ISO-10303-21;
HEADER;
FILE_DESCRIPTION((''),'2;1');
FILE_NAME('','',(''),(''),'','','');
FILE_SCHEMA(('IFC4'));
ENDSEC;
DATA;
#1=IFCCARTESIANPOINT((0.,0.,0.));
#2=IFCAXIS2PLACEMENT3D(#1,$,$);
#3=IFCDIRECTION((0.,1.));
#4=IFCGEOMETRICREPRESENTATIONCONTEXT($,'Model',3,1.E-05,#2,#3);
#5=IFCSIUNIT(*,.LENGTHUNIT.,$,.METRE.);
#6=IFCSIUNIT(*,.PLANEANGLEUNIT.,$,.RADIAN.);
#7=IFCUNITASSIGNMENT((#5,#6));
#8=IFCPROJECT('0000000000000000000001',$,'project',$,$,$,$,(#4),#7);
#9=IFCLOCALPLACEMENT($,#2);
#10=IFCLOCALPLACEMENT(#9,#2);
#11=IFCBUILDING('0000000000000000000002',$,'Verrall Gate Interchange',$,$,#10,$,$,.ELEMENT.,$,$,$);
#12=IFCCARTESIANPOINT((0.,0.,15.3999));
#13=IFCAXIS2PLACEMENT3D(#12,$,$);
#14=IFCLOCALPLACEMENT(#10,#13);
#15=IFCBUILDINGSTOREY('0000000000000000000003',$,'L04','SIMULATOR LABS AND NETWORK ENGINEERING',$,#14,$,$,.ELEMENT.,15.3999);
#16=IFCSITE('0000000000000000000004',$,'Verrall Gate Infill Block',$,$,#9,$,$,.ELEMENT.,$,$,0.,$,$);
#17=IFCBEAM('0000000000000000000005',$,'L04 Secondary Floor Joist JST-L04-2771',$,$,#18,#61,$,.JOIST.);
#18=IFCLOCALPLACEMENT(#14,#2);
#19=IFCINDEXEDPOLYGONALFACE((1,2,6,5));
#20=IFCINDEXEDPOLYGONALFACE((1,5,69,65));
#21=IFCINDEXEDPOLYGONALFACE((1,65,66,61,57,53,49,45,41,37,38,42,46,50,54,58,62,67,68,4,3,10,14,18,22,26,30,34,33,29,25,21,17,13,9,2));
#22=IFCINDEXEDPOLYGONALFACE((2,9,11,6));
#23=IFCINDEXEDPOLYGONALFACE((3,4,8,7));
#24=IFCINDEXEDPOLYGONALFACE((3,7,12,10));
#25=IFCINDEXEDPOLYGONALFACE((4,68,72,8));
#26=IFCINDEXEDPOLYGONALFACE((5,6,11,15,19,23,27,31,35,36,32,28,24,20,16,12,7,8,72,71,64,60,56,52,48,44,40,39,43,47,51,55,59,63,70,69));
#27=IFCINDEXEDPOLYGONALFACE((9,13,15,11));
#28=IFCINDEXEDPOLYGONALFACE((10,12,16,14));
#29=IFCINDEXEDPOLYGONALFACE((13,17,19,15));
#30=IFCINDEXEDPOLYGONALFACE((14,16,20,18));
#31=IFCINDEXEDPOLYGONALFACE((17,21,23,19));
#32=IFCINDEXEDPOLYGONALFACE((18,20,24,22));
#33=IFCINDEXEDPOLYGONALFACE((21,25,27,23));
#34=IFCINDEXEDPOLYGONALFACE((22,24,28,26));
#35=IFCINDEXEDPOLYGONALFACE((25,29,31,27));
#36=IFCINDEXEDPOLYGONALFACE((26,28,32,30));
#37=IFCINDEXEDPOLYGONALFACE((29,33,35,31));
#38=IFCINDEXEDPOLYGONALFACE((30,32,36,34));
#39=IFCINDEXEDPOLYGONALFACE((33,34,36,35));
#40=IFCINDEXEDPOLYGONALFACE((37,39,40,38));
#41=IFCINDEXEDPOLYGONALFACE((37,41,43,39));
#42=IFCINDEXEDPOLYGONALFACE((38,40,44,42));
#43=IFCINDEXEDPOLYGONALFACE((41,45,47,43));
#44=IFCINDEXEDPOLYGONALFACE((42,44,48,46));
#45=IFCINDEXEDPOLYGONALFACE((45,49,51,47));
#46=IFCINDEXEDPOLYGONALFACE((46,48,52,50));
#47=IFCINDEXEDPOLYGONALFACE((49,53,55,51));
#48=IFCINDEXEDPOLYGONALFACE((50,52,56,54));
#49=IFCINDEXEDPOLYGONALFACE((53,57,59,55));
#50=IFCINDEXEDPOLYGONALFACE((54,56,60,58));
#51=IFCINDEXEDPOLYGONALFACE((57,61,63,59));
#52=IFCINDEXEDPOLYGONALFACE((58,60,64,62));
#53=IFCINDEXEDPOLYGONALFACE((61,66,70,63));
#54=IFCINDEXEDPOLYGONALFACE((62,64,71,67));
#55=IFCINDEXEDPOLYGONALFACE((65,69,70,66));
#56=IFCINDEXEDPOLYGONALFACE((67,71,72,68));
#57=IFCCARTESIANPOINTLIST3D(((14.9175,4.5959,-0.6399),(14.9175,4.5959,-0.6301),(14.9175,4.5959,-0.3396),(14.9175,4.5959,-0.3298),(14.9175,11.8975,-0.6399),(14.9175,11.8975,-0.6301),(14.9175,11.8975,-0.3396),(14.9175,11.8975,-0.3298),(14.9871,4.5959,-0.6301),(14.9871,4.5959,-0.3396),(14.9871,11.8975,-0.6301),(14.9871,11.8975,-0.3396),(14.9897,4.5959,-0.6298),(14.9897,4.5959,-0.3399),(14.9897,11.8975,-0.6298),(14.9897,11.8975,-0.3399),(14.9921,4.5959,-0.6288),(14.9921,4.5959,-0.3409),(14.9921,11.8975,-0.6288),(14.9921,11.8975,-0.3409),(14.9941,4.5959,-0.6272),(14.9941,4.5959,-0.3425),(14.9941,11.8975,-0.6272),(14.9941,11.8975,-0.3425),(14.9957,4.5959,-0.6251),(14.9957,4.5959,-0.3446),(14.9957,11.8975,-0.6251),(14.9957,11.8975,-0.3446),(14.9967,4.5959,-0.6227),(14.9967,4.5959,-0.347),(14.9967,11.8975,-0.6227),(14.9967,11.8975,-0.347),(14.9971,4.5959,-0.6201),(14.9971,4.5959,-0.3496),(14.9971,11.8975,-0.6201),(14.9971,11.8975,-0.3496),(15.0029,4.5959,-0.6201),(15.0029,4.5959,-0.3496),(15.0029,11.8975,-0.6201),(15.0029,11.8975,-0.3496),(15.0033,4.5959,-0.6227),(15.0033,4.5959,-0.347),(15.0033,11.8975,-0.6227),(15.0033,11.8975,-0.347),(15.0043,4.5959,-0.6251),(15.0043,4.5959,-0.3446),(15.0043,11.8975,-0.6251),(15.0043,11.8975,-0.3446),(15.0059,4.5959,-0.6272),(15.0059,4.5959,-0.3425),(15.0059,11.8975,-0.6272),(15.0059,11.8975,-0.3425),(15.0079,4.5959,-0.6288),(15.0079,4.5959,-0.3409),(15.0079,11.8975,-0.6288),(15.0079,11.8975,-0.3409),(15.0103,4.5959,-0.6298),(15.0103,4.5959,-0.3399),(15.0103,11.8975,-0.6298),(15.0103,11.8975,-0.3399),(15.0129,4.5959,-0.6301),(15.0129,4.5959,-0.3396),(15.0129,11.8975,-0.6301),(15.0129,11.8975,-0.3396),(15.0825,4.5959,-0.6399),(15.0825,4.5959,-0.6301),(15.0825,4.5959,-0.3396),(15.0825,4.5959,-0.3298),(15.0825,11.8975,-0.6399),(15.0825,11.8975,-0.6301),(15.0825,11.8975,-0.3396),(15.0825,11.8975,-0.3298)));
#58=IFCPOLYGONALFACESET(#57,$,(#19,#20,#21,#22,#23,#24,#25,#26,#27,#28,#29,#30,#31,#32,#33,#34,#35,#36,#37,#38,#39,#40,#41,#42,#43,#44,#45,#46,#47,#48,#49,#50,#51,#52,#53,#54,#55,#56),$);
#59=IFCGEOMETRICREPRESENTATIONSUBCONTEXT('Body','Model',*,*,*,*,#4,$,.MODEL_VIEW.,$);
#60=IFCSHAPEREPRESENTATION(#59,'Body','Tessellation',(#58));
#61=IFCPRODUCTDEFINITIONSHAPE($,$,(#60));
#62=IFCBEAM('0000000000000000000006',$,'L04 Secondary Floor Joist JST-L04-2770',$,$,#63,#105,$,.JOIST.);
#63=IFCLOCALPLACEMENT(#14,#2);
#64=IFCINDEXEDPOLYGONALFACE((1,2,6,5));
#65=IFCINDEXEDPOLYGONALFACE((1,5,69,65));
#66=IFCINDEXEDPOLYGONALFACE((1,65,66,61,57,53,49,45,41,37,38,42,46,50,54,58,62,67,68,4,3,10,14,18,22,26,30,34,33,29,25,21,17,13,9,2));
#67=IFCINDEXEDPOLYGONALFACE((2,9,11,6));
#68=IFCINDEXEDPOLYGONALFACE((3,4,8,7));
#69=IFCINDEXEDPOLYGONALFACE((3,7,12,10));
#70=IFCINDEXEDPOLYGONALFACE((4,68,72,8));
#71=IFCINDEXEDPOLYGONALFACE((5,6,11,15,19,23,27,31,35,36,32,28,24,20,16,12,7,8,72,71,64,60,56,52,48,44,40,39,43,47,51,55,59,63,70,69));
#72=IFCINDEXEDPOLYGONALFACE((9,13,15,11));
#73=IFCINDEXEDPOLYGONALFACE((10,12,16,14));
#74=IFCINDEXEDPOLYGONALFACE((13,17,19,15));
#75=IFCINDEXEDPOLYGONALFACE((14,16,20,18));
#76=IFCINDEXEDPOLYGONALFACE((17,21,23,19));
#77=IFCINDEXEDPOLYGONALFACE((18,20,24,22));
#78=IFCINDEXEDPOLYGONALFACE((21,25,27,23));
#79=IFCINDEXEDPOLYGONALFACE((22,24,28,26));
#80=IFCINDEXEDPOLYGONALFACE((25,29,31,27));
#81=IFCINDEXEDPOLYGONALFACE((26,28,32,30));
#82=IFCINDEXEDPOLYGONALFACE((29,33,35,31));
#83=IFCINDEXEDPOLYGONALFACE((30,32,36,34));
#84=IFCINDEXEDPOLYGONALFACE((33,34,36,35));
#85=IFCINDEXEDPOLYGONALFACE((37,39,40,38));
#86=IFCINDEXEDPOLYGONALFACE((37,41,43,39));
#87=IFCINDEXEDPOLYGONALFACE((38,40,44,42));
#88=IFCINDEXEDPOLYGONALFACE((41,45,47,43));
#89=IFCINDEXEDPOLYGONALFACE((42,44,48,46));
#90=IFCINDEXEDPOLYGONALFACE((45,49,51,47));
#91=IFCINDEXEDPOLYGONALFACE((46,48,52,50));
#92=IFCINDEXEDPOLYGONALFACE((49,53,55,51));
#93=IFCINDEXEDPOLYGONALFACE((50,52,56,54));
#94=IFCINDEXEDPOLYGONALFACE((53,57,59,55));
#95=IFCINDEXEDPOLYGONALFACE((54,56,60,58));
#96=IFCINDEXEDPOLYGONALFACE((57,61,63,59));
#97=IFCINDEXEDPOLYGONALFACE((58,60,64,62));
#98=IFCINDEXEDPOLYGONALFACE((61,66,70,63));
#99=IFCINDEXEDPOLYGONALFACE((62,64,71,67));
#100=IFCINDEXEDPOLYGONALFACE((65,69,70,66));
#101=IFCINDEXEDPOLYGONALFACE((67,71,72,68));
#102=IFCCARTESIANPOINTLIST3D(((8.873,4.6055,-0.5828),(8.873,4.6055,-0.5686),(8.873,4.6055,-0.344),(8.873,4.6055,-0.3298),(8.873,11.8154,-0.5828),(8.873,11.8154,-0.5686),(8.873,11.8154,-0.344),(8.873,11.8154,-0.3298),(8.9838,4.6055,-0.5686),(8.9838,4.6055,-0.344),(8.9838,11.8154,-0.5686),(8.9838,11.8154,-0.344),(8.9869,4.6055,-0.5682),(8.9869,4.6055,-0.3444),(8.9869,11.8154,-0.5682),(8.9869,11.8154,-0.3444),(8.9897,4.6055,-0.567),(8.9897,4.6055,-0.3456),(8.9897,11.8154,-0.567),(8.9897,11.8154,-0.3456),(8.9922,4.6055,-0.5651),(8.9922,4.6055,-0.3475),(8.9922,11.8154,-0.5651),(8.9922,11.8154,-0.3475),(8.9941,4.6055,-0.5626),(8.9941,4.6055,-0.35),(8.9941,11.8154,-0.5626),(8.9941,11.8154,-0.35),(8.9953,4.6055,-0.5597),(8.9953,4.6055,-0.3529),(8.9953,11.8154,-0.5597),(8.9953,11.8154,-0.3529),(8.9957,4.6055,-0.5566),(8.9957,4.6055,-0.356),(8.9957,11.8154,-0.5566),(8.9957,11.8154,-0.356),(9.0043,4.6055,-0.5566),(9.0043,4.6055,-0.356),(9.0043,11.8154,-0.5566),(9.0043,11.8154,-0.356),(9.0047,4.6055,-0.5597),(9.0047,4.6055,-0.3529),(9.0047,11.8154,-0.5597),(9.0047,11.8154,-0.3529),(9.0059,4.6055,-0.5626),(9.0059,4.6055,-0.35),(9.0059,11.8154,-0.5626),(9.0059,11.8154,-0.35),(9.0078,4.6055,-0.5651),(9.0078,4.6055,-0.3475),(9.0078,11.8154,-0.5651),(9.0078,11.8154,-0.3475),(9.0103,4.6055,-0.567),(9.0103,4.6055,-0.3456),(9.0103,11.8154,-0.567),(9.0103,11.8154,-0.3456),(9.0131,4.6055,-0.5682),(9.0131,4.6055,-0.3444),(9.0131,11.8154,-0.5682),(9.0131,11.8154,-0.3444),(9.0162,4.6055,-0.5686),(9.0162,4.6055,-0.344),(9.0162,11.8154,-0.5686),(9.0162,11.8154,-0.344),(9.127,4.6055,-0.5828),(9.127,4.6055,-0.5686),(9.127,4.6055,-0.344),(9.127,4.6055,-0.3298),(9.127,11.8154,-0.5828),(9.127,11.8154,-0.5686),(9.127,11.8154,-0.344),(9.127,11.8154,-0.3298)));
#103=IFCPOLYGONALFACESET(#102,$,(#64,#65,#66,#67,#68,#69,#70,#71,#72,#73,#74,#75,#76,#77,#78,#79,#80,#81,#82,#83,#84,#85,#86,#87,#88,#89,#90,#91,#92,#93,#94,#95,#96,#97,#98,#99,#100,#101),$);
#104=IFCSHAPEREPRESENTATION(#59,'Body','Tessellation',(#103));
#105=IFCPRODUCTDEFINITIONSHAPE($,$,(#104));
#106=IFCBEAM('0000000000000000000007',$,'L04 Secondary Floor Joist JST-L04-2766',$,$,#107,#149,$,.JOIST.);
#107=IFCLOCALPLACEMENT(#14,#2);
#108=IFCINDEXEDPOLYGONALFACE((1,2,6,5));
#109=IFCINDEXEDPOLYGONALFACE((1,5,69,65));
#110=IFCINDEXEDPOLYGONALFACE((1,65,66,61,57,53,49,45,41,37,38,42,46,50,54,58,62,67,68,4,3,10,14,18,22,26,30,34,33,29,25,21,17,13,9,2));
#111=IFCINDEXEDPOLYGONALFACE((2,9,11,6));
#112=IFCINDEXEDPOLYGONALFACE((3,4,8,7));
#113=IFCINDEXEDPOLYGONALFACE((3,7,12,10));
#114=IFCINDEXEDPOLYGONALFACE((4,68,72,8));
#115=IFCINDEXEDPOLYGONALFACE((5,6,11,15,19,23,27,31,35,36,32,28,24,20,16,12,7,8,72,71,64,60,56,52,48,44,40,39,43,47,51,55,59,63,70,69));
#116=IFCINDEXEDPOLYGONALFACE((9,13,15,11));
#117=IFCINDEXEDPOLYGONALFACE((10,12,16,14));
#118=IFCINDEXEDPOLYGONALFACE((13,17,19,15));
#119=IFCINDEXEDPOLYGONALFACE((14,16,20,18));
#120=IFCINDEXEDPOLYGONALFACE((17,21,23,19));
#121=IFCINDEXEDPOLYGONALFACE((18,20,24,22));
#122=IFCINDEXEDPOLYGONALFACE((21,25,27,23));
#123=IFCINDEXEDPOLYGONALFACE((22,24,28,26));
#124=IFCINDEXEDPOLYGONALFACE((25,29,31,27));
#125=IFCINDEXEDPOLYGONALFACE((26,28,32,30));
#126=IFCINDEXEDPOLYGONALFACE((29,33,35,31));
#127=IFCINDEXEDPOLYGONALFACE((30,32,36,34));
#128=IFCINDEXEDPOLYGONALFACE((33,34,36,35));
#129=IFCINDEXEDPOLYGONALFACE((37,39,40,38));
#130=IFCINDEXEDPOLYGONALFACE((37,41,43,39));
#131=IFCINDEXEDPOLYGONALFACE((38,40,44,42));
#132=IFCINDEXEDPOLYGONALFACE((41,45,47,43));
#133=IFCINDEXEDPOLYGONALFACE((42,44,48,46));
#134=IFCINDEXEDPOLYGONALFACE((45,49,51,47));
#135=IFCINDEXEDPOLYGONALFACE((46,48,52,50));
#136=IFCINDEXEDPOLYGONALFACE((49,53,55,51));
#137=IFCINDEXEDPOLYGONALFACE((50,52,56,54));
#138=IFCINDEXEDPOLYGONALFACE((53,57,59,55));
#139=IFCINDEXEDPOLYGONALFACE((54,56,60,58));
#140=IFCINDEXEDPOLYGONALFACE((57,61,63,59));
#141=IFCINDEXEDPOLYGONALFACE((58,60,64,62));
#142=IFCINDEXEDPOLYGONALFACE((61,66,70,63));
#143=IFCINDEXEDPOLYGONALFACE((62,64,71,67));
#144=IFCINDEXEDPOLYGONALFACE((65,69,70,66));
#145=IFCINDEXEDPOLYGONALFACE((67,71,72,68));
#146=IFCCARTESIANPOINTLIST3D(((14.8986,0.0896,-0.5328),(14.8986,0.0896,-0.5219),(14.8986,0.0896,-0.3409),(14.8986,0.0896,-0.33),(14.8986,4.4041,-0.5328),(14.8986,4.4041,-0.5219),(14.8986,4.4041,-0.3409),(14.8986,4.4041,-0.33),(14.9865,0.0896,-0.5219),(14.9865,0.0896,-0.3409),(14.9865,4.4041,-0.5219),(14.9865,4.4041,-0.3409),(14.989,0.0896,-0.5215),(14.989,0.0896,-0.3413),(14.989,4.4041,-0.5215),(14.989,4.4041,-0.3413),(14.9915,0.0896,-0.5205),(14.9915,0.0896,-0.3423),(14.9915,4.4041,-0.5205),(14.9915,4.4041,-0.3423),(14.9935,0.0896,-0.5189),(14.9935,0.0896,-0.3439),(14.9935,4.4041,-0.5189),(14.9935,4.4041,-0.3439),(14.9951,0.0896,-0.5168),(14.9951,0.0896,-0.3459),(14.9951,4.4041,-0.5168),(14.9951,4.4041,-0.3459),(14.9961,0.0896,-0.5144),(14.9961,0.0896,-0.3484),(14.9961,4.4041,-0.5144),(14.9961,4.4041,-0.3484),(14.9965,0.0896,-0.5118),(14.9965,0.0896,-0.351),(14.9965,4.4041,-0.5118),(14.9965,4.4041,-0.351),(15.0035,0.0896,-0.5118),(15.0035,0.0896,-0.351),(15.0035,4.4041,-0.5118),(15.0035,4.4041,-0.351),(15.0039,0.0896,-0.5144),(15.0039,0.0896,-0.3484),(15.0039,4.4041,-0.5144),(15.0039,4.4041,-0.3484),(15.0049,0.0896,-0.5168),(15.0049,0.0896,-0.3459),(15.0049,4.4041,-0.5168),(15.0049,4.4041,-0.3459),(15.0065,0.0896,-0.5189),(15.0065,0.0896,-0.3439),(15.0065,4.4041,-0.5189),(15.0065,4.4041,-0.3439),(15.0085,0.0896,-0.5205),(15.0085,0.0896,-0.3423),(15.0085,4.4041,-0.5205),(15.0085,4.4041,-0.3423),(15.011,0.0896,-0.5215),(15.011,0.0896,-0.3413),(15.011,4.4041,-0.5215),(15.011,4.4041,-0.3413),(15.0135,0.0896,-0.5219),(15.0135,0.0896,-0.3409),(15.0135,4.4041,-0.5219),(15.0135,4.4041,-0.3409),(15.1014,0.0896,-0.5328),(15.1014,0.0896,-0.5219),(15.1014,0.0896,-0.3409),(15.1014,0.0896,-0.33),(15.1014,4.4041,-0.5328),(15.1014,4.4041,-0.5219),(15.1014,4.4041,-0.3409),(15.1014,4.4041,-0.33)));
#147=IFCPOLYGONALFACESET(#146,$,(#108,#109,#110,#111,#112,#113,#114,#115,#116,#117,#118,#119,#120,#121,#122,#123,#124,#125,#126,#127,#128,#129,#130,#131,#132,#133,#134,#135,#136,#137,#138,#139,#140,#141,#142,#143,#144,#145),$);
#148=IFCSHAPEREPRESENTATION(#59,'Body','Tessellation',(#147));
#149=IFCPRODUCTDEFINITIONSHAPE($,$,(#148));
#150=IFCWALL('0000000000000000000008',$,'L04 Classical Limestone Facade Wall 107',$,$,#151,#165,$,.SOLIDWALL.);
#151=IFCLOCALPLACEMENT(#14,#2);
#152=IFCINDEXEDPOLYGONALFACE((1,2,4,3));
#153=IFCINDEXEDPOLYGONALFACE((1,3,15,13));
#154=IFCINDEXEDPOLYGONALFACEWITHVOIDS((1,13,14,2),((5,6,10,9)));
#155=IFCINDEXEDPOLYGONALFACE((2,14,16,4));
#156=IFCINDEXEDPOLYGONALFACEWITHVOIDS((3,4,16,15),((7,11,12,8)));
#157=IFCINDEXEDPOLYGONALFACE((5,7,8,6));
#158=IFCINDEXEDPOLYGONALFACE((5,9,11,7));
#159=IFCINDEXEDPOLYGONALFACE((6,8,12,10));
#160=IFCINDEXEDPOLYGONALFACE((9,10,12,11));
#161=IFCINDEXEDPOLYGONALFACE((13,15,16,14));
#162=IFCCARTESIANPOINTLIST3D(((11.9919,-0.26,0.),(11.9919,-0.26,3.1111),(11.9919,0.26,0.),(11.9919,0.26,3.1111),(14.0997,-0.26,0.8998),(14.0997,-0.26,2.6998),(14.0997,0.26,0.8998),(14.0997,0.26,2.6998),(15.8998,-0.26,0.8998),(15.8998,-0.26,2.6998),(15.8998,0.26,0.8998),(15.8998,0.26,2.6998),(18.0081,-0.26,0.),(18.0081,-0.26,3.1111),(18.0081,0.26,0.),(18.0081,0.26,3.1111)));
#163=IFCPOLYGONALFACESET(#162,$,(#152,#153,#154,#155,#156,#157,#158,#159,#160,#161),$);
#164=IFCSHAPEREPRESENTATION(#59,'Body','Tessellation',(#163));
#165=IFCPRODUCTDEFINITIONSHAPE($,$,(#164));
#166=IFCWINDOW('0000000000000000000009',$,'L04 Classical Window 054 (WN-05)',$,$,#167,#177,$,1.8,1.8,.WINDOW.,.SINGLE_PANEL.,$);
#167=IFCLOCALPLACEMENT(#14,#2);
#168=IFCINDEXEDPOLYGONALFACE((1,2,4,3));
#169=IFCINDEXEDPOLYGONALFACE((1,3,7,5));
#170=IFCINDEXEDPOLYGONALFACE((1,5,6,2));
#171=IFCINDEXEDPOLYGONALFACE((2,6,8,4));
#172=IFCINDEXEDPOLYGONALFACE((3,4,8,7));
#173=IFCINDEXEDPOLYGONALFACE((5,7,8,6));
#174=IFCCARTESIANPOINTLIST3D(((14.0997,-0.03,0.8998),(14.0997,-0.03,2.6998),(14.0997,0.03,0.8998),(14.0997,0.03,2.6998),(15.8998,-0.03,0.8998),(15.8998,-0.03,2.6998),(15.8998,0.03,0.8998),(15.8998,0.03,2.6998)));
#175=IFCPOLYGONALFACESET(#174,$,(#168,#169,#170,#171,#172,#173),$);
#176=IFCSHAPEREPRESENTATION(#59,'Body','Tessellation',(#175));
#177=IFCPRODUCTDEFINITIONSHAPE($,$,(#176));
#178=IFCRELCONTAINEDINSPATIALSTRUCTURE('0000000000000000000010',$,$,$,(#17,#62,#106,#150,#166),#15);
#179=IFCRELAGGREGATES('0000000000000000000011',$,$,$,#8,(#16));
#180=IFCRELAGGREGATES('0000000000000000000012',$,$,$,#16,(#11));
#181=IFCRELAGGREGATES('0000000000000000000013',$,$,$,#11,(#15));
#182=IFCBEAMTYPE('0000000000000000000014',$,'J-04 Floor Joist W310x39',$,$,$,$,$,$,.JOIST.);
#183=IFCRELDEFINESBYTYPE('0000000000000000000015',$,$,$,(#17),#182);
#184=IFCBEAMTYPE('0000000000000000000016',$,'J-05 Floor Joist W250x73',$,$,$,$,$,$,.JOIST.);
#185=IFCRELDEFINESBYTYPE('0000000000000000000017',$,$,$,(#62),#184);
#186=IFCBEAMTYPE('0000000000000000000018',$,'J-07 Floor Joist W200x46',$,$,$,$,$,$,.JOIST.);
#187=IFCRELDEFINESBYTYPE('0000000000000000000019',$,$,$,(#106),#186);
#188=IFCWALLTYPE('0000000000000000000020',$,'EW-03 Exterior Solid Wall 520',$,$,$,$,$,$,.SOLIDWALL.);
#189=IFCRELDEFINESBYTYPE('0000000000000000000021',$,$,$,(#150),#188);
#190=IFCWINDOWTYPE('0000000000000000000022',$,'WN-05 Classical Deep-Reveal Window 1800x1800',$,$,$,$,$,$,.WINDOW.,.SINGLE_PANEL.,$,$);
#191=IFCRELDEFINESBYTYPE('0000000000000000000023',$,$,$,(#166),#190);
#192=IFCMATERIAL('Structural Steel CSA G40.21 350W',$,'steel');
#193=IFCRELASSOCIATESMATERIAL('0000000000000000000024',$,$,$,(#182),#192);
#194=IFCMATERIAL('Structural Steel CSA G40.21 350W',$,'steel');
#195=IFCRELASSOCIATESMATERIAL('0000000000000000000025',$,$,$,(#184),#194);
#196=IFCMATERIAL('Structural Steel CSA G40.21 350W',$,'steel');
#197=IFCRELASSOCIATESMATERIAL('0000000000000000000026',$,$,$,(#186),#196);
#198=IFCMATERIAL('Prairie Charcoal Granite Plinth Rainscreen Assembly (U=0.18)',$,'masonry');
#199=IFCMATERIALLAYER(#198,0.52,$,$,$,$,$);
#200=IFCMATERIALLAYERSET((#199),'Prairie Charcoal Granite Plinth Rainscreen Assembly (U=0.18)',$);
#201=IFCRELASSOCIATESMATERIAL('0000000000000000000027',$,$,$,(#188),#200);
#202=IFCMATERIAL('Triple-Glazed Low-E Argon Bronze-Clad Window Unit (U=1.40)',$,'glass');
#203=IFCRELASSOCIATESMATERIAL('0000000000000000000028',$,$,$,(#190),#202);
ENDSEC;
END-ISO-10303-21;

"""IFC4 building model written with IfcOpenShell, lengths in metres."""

from ifc_helpers import new_model, si_unit, direction, frame, frame_2d, origin, origin_2d, place, context, subcontext, project, spatial, rectangle, i_section, extrude, material, layer, layer_set, material_profile, profile_set, type_object, element, fill, save


model = new_model("IFC4")

# Units and contexts
model_context = context("Model", 3, precision=1e-05, world=origin(), true_north=direction((0.0, 1.0)))
body_context = subcontext(model_context, "Body", "Model", "MODEL_VIEW")
ifc_project = project(units=[si_unit("LENGTHUNIT", "METRE"), si_unit("PLANEANGLEUNIT", "RADIAN")], contexts=[model_context])

# Site, building, storey
site_placement = place(None, origin())
site = spatial("IfcSite", under=ifc_project, at=site_placement, Name="Verrall Gate Infill Block", CompositionType="ELEMENT", RefElevation=0.0)
building_placement = place(site_placement, origin())
building = spatial("IfcBuilding", under=site, at=building_placement, Name="Verrall Gate Interchange", CompositionType="ELEMENT")
storey_placement = place(building_placement, frame((0.0, 0.0, 15.3999)))
storey = spatial("IfcBuildingStorey", under=building, at=storey_placement, Name="L04", Description="SIMULATOR LABS AND NETWORK ENGINEERING", CompositionType="ELEMENT", Elevation=15.3999)

# Beams
ifc_material_1 = material(Name="Structural Steel CSA G40.21 350W", Category="steel")
ifc_material_profile_1 = material_profile(ifc_material_1, i_section(OverallWidth=0.165, OverallDepth=0.3101, WebThickness=0.0059, FlangeThickness=0.0098, FilletRadius=0.01, at=origin_2d()), Name="W310x39")
ifc_profile_set_1 = profile_set([ifc_material_profile_1], Name="Structural Steel CSA G40.21 350W")
beam_type_1 = type_object("IfcBeamType", Name="J-04 Floor Joist W310x39", PredefinedType="JOIST", material=ifc_profile_set_1)
beam_1_placement = place(storey_placement, frame((15.0, 4.5959, -0.4849), z_axis=(0.0, 1.0, 0.0), x_axis=(-1.0, 0.0, 0.0)))
element("IfcBeam", 1, at=beam_1_placement, inside=storey, type_object=beam_type_1, Name="L04 Secondary Floor Joist JST-L04-2771", PredefinedType="JOIST", context=body_context, shape_type="SweptSolid", body=[
    extrude(i_section(OverallWidth=0.165, OverallDepth=0.3101, WebThickness=0.0059, FlangeThickness=0.0098, FilletRadius=0.01, at=origin_2d()), origin(), (0.0, 0.0, 1.0), 7.3015),
])
ifc_material_2 = material(Name="Structural Steel CSA G40.21 350W", Category="steel")
ifc_material_profile_2 = material_profile(ifc_material_2, i_section(OverallWidth=0.2539, OverallDepth=0.2529, WebThickness=0.0085, FlangeThickness=0.0142, FilletRadius=0.012, at=origin_2d()), Name="W250x73")
ifc_profile_set_2 = profile_set([ifc_material_profile_2], Name="Structural Steel CSA G40.21 350W")
beam_type_2 = type_object("IfcBeamType", Name="J-05 Floor Joist W250x73", PredefinedType="JOIST", material=ifc_profile_set_2)
beam_2_placement = place(storey_placement, frame((9.0, 4.6055, -0.4563), z_axis=(0.0, 1.0, 0.0), x_axis=(-1.0, 0.0, 0.0)))
element("IfcBeam", 2, at=beam_2_placement, inside=storey, type_object=beam_type_2, Name="L04 Secondary Floor Joist JST-L04-2770", PredefinedType="JOIST", context=body_context, shape_type="SweptSolid", body=[
    extrude(i_section(OverallWidth=0.2539, OverallDepth=0.2529, WebThickness=0.0085, FlangeThickness=0.0142, FilletRadius=0.012, at=origin_2d()), origin(), (0.0, 0.0, 1.0), 7.21),
])
ifc_material_3 = material(Name="Structural Steel CSA G40.21 350W", Category="steel")
ifc_material_profile_3 = material_profile(ifc_material_3, i_section(OverallWidth=0.2029, OverallDepth=0.2029, WebThickness=0.0071, FlangeThickness=0.011, FilletRadius=0.01, at=origin_2d()), Name="W200x46")
ifc_profile_set_3 = profile_set([ifc_material_profile_3], Name="Structural Steel CSA G40.21 350W")
beam_type_3 = type_object("IfcBeamType", Name="J-07 Floor Joist W200x46", PredefinedType="JOIST", material=ifc_profile_set_3)
beam_3_placement = place(storey_placement, frame((15.0, 0.0896, -0.4314), z_axis=(0.0, 1.0, 0.0), x_axis=(-1.0, 0.0, 0.0)))
element("IfcBeam", 3, at=beam_3_placement, inside=storey, type_object=beam_type_3, Name="L04 Secondary Floor Joist JST-L04-2766", PredefinedType="JOIST", context=body_context, shape_type="SweptSolid", body=[
    extrude(i_section(OverallWidth=0.2029, OverallDepth=0.2029, WebThickness=0.0071, FlangeThickness=0.011, FilletRadius=0.01, at=origin_2d()), origin(), (0.0, 0.0, 1.0), 4.3145),
])

# Wall, opening, window
ifc_material_4 = material(Name="Prairie Charcoal Granite Plinth Rainscreen Assembly (U=0.18)", Category="masonry")
ifc_layer_1 = layer(ifc_material_4, 0.52)
ifc_layer_set_1 = layer_set([ifc_layer_1], Name="Prairie Charcoal Granite Plinth Rainscreen Assembly (U=0.18)")
wall_type_1 = type_object("IfcWallType", Name="EW-03 Exterior Solid Wall 520", PredefinedType="SOLIDWALL", material=ifc_layer_set_1)
wall_1_placement = place(storey_placement, frame((11.9919, 0.0, 0.0), z_axis=(0.0, 0.0, 1.0), x_axis=(1.0, 0.0, 0.0)))
wall_1 = element("IfcWall", 4, at=wall_1_placement, inside=storey, type_object=wall_type_1, Name="L04 Classical Limestone Facade Wall 107", PredefinedType="SOLIDWALL", context=body_context, shape_type="SweptSolid", body=[
    extrude(rectangle(XDim=6.0161, YDim=0.52, at=frame_2d((3.0081, 0.0))), origin(), (0.0, 0.0, 1.0), 3.1111),
])
opening_1_placement = place(wall_1_placement, frame((2.1079, 0.0, 0.8999)))
opening_1 = element("IfcOpeningElement", 5, at=opening_1_placement, cuts=wall_1, PredefinedType="OPENING", context=body_context, shape_type="SweptSolid", body=[
    extrude(rectangle(XDim=1.8, YDim=1.8, at=frame_2d((0.8999, 0.8999))), frame((0.0, 0.2749, 0.0), z_axis=(0.0, -1.0, 0.0), x_axis=(1.0, 0.0, 0.0)), (0.0, 0.0, 1.0), 0.5498),
])
ifc_material_5 = material(Name="Triple-Glazed Low-E Argon Bronze-Clad Window Unit (U=1.40)", Category="glass")
window_type_1 = type_object("IfcWindowType", Name="WN-05 Classical Deep-Reveal Window 1800x1800", PartitioningType="SINGLE_PANEL", PredefinedType="WINDOW", material=ifc_material_5)
window_1_placement = place(opening_1_placement, origin())
window_1 = element("IfcWindow", 6, at=window_1_placement, inside=storey, type_object=window_type_1, Name="L04 Classical Window 054 (WN-05)", OverallHeight=1.8, OverallWidth=1.8, PartitioningType="SINGLE_PANEL", PredefinedType="WINDOW", context=body_context, shape_type="SweptSolid", body=[
    extrude(rectangle(XDim=1.8, YDim=1.8, at=frame_2d((0.8999, 0.8999))), frame((0.0, 0.03, 0.0), z_axis=(0.0, -1.0, 0.0), x_axis=(1.0, 0.0, 0.0)), (0.0, 0.0, 1.0), 0.0601),
])
fill(opening_1, window_1)

save(model, "model.ifc")
